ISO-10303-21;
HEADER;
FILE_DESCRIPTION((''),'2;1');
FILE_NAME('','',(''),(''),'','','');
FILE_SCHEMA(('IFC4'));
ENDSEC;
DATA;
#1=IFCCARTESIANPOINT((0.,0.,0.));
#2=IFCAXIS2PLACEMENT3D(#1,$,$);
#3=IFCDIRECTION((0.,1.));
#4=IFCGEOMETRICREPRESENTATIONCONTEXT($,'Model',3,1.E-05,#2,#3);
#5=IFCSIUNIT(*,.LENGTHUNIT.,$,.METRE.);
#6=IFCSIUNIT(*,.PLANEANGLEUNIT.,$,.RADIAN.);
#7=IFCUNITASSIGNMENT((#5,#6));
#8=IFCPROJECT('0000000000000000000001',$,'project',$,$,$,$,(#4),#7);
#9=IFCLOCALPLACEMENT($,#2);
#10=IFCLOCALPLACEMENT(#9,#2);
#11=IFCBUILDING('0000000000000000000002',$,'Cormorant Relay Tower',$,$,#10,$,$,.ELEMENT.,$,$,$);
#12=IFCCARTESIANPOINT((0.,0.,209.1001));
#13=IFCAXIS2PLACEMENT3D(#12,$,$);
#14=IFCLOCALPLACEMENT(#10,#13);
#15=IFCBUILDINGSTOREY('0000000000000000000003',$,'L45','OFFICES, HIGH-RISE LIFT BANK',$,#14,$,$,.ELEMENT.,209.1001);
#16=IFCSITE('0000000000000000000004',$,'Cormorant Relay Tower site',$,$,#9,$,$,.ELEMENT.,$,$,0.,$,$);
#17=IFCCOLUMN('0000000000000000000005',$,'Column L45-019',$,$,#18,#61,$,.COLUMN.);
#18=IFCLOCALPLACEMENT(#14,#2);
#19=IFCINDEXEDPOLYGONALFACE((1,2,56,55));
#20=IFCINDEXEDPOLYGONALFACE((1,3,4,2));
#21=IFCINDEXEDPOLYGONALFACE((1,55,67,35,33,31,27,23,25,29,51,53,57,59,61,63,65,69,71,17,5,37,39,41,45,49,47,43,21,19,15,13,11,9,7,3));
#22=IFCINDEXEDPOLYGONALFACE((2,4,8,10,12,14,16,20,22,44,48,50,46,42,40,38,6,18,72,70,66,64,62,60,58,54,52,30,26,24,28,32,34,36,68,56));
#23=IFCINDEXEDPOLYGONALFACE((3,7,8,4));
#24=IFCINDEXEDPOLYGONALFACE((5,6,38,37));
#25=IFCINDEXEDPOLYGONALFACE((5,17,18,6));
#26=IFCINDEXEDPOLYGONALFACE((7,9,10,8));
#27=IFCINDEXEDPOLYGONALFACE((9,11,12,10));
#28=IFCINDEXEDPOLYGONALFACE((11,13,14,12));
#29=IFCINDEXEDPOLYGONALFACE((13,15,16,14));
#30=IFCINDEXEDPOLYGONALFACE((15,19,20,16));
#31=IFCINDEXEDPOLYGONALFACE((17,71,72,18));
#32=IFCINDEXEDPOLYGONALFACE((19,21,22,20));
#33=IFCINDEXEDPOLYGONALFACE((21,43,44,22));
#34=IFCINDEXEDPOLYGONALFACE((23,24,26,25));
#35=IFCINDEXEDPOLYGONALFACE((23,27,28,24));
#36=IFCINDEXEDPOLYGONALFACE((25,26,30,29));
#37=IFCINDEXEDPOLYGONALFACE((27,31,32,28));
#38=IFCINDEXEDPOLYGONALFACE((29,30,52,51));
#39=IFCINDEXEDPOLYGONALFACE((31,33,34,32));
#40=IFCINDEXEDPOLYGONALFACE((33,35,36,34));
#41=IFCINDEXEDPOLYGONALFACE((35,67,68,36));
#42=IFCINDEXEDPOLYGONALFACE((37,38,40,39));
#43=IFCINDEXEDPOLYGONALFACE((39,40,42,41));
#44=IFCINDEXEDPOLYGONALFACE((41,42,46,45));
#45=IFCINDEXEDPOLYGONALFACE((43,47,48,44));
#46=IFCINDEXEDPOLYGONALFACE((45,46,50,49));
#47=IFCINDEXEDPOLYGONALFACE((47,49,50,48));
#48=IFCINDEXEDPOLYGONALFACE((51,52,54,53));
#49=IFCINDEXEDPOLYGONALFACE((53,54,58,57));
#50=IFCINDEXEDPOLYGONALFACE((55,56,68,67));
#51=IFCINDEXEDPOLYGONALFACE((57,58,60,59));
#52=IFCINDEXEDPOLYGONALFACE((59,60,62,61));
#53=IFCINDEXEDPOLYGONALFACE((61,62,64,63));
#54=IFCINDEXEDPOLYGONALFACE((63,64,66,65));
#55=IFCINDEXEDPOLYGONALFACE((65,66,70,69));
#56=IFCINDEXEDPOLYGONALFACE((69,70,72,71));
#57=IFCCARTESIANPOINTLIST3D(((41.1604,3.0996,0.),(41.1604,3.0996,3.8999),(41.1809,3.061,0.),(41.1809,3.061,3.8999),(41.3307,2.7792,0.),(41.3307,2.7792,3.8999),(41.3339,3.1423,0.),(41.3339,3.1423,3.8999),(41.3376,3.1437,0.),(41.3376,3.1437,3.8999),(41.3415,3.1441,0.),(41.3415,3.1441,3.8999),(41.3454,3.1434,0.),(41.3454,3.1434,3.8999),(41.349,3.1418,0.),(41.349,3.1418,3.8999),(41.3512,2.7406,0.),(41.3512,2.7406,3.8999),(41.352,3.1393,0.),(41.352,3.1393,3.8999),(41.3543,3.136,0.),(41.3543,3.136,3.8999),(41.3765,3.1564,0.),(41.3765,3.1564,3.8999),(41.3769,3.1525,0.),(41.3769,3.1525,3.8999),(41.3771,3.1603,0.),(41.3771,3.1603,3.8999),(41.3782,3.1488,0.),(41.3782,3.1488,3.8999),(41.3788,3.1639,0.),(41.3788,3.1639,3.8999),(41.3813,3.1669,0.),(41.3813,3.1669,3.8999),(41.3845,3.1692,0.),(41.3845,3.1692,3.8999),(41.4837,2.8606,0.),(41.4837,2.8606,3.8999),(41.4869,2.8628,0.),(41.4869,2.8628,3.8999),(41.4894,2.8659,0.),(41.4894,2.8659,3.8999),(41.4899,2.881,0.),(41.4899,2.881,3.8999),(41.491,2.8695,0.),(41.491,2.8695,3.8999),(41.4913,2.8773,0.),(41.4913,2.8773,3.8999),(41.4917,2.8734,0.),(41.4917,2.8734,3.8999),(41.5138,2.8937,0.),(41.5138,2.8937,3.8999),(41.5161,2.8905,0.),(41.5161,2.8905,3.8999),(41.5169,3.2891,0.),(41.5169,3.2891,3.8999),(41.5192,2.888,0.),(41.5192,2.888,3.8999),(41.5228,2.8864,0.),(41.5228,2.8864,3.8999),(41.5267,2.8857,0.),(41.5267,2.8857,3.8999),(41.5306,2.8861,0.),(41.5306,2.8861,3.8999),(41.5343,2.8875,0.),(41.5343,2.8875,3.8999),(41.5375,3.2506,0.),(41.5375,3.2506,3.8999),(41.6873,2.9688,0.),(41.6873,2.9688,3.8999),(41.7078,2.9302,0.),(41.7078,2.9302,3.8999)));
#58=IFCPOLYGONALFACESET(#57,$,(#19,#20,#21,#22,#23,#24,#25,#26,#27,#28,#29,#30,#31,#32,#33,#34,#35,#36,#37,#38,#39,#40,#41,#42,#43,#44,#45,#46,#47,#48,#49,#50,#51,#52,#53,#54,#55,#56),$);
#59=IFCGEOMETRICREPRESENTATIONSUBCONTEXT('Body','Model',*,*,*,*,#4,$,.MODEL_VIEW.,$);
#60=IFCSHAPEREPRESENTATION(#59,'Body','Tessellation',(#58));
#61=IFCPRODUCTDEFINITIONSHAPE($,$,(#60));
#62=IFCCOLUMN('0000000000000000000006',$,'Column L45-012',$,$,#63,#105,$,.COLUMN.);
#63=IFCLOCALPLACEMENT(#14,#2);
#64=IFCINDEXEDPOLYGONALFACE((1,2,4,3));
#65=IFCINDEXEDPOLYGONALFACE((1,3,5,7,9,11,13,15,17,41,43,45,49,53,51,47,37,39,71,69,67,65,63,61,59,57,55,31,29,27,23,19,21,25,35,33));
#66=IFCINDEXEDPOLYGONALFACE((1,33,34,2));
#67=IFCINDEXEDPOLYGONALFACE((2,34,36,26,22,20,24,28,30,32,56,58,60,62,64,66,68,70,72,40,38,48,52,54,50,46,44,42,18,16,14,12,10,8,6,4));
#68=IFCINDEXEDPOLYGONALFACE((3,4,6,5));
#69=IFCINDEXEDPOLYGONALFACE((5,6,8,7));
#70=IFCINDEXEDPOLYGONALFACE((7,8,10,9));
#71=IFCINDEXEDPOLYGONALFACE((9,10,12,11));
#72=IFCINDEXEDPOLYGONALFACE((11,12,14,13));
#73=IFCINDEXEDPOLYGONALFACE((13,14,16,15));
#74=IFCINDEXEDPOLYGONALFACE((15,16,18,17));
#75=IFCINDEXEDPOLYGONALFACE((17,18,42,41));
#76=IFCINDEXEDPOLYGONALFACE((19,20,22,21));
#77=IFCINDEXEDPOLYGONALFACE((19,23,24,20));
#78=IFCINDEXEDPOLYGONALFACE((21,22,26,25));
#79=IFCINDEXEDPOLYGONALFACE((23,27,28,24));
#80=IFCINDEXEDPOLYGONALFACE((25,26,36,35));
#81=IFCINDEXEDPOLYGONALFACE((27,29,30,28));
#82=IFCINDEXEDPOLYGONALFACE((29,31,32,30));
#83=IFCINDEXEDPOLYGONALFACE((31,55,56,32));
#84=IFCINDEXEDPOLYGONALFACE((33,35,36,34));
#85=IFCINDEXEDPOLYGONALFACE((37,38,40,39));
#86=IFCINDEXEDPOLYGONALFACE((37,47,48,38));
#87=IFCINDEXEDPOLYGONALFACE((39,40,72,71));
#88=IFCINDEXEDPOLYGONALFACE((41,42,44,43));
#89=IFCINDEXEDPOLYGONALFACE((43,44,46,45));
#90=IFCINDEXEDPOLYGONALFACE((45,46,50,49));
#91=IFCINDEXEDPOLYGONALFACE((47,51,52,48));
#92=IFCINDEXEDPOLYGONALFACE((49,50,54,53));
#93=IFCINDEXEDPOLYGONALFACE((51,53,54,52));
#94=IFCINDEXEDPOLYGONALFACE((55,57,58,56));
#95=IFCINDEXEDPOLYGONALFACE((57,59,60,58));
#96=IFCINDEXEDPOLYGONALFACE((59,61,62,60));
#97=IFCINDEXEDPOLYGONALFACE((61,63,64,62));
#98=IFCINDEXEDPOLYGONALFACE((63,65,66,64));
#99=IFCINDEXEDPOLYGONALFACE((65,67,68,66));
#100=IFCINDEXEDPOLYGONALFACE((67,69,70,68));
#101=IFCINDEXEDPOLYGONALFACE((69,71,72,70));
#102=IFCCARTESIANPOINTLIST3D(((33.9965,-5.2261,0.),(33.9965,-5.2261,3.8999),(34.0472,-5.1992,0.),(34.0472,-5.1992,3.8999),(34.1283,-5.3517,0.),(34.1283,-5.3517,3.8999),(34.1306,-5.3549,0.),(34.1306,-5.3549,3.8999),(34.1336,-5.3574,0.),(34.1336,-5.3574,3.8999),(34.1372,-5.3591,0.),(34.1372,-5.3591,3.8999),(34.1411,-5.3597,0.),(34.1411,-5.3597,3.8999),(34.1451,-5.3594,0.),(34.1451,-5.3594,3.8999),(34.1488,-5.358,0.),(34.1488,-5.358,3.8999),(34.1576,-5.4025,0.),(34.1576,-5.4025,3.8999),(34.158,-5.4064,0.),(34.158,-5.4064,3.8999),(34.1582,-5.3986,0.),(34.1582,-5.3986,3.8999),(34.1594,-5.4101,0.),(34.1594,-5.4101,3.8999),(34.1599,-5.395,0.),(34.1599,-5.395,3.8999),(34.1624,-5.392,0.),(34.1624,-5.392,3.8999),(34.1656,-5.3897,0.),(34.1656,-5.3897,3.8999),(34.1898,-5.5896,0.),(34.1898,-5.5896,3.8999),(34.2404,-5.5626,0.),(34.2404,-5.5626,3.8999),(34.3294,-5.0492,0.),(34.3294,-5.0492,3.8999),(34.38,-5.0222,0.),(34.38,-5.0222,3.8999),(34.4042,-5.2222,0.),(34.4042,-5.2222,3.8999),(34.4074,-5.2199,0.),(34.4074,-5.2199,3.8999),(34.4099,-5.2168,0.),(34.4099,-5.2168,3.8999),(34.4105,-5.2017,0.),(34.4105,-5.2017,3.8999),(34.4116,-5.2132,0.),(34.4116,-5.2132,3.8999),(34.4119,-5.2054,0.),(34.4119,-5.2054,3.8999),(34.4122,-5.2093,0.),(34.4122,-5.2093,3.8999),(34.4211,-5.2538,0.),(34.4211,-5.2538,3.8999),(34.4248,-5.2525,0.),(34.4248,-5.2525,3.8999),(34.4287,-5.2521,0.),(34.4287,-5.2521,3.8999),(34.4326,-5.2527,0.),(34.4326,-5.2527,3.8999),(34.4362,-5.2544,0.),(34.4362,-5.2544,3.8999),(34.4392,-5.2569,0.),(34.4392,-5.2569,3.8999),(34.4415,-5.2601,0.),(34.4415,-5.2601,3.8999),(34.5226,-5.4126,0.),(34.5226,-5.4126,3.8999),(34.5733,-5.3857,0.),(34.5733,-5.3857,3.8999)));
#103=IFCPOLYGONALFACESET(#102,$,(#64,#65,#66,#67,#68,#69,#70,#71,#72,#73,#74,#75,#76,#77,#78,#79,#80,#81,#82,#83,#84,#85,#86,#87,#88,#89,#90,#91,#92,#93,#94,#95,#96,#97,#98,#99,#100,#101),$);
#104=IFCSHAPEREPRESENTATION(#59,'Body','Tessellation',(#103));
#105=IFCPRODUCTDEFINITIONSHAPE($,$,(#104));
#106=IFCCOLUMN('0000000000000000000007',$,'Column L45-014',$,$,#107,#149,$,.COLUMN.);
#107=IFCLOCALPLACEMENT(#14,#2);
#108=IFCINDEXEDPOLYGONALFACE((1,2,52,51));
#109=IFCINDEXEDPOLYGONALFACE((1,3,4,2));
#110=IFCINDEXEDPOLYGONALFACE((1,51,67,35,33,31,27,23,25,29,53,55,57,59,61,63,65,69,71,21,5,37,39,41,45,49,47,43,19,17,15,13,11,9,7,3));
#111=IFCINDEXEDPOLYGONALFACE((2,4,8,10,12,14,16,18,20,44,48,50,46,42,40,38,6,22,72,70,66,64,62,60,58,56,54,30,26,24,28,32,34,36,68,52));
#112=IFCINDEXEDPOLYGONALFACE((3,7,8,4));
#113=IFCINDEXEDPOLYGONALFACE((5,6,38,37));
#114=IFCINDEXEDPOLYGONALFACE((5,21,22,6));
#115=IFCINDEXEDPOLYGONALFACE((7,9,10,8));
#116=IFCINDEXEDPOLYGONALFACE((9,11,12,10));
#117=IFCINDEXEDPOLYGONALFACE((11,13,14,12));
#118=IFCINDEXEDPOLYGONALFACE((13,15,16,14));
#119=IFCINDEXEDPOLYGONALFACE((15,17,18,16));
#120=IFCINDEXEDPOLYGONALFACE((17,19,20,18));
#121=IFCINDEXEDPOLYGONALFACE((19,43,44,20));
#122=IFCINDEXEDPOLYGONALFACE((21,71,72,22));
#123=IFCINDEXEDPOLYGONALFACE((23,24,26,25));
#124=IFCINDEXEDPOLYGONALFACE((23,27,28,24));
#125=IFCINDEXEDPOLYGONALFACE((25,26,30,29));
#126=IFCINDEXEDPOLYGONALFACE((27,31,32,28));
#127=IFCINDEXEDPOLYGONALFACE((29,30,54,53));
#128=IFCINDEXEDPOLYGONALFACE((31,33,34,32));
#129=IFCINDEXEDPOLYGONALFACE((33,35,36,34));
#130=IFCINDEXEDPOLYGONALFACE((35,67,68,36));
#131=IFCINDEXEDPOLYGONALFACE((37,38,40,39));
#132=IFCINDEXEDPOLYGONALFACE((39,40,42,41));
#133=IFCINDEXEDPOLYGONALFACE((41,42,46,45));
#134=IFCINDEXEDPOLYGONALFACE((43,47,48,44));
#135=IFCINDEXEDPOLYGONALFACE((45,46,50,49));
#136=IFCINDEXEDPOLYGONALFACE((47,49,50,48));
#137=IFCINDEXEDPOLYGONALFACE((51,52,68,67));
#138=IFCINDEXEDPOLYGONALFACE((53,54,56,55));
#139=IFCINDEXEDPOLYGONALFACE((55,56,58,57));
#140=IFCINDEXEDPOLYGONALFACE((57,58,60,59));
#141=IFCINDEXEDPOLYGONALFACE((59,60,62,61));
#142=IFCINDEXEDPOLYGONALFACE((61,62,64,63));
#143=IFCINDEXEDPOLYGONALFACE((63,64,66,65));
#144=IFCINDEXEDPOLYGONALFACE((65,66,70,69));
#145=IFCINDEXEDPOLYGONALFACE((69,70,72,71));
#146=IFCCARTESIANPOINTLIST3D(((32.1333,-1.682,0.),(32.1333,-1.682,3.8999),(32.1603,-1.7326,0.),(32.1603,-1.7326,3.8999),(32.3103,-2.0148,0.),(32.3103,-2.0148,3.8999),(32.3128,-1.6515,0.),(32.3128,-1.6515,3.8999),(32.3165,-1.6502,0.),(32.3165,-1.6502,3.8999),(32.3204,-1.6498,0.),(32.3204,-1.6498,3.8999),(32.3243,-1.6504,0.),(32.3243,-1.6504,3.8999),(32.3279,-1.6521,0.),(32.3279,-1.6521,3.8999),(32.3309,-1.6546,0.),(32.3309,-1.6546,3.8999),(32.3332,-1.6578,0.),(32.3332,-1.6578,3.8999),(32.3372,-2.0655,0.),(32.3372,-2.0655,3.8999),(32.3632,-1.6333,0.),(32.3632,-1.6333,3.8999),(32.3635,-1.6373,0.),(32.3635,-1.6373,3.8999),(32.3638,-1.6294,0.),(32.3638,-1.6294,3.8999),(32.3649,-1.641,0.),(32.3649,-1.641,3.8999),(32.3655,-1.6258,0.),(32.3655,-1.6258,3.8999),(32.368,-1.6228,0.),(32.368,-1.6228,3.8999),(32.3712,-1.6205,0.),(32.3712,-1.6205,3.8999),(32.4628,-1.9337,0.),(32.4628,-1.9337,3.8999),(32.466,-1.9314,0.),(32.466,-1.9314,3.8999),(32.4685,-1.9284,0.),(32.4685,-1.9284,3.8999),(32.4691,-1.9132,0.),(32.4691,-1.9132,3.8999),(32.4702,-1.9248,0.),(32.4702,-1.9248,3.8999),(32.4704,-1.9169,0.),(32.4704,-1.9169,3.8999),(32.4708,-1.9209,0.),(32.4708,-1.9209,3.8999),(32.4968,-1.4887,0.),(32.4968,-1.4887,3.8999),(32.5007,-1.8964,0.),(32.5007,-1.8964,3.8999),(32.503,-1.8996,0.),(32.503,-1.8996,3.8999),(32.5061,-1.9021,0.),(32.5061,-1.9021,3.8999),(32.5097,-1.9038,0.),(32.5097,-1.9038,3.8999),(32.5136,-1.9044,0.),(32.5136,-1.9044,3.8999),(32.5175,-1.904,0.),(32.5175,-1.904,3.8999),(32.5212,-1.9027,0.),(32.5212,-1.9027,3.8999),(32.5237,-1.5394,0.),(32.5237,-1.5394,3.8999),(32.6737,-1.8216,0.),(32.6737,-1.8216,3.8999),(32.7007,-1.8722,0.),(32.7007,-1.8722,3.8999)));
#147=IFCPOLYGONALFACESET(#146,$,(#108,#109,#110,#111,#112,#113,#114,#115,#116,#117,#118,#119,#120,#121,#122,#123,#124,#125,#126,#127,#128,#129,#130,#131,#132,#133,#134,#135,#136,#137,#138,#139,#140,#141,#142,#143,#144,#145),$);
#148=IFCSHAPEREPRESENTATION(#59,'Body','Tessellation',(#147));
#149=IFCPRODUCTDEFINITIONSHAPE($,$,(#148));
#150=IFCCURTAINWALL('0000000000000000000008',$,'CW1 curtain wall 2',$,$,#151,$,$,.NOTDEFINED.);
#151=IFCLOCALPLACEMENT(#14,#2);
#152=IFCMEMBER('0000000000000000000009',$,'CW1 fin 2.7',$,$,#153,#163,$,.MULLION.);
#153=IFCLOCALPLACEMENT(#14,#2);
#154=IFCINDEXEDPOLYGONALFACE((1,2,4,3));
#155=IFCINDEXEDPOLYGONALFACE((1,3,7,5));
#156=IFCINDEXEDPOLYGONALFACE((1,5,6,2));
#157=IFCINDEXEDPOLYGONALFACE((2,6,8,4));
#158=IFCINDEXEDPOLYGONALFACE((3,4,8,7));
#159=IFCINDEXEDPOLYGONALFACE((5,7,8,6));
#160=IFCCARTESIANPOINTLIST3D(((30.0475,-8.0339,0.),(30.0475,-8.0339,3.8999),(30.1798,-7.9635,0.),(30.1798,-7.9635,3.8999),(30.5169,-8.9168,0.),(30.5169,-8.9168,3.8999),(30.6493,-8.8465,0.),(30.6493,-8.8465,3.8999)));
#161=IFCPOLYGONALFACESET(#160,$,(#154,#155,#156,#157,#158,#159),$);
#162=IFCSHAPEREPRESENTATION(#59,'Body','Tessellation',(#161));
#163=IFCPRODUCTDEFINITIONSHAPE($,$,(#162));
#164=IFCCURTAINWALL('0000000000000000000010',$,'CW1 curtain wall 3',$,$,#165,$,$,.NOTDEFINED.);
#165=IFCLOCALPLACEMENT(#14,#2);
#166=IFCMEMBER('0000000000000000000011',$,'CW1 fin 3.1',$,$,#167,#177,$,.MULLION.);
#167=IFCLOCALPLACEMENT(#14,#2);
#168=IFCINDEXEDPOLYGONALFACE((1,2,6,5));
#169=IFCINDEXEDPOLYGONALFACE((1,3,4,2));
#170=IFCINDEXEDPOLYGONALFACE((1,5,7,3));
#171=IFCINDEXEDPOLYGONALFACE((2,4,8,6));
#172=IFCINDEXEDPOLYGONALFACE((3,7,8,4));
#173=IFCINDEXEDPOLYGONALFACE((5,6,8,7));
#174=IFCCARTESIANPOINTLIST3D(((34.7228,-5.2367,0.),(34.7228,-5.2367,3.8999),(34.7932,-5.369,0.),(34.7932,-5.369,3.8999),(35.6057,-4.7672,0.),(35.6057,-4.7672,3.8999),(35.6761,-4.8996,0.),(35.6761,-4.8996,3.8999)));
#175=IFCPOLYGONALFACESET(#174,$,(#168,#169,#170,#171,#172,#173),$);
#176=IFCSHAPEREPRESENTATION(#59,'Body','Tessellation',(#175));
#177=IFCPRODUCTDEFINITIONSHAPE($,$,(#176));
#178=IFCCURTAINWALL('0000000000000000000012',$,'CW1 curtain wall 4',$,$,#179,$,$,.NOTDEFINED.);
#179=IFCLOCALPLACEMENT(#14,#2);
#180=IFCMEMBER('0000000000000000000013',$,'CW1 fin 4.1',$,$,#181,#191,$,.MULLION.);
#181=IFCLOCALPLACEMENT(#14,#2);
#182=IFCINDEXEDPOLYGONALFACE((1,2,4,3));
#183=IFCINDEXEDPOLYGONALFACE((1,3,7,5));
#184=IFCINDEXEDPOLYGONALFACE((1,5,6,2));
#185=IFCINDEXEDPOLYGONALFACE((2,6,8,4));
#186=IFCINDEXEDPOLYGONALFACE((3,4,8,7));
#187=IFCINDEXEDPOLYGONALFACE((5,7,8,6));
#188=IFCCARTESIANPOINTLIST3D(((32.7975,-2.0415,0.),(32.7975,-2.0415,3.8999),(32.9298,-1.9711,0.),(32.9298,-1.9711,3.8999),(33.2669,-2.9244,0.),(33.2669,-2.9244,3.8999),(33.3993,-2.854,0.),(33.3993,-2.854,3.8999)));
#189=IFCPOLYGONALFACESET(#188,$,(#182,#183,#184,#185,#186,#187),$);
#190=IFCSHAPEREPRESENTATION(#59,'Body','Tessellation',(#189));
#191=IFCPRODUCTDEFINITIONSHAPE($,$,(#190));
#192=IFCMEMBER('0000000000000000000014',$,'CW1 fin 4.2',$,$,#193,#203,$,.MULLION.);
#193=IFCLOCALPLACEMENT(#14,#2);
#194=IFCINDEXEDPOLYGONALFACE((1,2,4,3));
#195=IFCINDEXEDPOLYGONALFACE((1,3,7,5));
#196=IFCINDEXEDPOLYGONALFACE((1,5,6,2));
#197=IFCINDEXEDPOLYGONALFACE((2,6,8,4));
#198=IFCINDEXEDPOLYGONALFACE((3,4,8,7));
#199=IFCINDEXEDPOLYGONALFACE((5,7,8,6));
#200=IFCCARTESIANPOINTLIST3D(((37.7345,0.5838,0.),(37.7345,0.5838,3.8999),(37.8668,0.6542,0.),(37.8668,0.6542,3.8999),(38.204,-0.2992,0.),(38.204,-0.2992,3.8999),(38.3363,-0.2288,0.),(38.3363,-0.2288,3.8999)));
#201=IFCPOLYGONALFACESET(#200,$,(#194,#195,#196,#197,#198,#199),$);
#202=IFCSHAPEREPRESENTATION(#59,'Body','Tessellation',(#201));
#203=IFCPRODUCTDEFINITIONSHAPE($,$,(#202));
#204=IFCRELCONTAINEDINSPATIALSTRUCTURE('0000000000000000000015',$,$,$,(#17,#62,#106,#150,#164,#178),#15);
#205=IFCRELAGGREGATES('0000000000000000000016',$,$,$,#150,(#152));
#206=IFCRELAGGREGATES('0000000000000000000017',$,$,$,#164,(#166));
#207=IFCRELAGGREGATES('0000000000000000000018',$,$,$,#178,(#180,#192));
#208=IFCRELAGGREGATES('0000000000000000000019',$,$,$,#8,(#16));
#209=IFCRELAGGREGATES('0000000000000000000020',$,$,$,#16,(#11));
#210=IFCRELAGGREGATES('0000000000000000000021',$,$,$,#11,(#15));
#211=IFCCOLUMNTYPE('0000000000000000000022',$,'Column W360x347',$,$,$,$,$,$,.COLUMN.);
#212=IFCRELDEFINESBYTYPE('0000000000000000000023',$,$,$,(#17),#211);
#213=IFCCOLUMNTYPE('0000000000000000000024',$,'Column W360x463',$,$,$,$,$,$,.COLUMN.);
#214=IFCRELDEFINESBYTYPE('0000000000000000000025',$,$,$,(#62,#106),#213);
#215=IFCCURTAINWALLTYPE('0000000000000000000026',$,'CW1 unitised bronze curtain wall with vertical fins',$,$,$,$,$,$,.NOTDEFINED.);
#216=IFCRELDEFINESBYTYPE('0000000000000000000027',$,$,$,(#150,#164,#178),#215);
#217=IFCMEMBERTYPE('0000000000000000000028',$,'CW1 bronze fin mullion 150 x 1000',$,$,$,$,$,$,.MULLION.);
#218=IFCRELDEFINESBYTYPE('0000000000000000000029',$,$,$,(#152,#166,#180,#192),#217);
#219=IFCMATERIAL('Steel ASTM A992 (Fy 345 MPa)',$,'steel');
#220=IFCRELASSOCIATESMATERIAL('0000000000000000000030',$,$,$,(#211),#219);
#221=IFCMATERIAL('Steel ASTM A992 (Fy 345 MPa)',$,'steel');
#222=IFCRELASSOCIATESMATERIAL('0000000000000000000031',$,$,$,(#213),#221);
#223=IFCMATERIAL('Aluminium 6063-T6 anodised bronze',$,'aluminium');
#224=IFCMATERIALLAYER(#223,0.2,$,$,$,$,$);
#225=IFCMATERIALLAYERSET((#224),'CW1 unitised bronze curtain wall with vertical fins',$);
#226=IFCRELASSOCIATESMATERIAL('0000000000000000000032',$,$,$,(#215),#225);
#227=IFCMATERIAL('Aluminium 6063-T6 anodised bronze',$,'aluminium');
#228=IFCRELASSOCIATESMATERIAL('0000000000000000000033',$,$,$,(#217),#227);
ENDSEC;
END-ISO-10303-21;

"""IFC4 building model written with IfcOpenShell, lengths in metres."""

from ifc_helpers import new_model, si_unit, direction, frame, origin, origin_2d, place, context, subcontext, project, spatial, rectangle, i_section, extrude, material, layer, layer_set, material_profile, profile_set, type_object, element, aggregate, save


model = new_model("IFC4")

# Units and contexts
model_context = context("Model", 3, precision=1e-05, world=origin(), true_north=direction((0.0, 1.0)))
body_context = subcontext(model_context, "Body", "Model", "MODEL_VIEW")
ifc_project = project(units=[si_unit("LENGTHUNIT", "METRE"), si_unit("PLANEANGLEUNIT", "RADIAN")], contexts=[model_context])

# Site, building, storey
site_placement = place(None, origin())
site = spatial("IfcSite", under=ifc_project, at=site_placement, Name="Cormorant Relay Tower site", CompositionType="ELEMENT", RefElevation=0.0)
building_placement = place(site_placement, origin())
building = spatial("IfcBuilding", under=site, at=building_placement, Name="Cormorant Relay Tower", CompositionType="ELEMENT")
storey_placement = place(building_placement, frame((0.0, 0.0, 209.1001)))
storey = spatial("IfcBuildingStorey", under=building, at=storey_placement, Name="L45", Description="OFFICES, HIGH-RISE LIFT BANK", CompositionType="ELEMENT", Elevation=209.1001)

# Columns
ifc_material_1 = material(Name="Steel ASTM A992 (Fy 345 MPa)", Category="steel")
ifc_material_profile_1 = material_profile(ifc_material_1, i_section(OverallWidth=0.4038, OverallDepth=0.4065, WebThickness=0.0271, FlangeThickness=0.0437, FilletRadius=0.0151, at=origin_2d()), Name="W360x347")
ifc_profile_set_1 = profile_set([ifc_material_profile_1], Name="Steel ASTM A992 (Fy 345 MPa)")
column_type_1 = type_object("IfcColumnType", Name="Column W360x347", PredefinedType="COLUMN", material=ifc_profile_set_1)
column_placement = place(storey_placement, frame((41.4341, 3.0149, 0.0), z_axis=(0.0, 0.0, 1.0), x_axis=(0.882948, 0.469472, 0.0)))
element("IfcColumn", 1, at=column_placement, inside=storey, type_object=column_type_1, Name="Column L45-019", PredefinedType="COLUMN", context=body_context, shape_type="SweptSolid", body=[
    extrude(i_section(OverallWidth=0.4038, OverallDepth=0.4065, WebThickness=0.0271, FlangeThickness=0.0437, FilletRadius=0.0151, at=origin_2d()), origin(), (0.0, 0.0, 1.0), 3.8999),
])
ifc_material_2 = material(Name="Steel ASTM A992 (Fy 345 MPa)", Category="steel")
ifc_material_profile_2 = material_profile(ifc_material_2, i_section(OverallWidth=0.4116, OverallDepth=0.4343, WebThickness=0.0359, FlangeThickness=0.0574, FilletRadius=0.0151, at=origin_2d()), Name="W360x463")
ifc_profile_set_2 = profile_set([ifc_material_profile_2], Name="Steel ASTM A992 (Fy 345 MPa)")
column_type_2 = type_object("IfcColumnType", Name="Column W360x463", PredefinedType="COLUMN", material=ifc_profile_set_2)
for number, where, z_axis, x_axis, name in (
    (2, (34.2849, -5.3059, 0.0), (0.0, 0.0, 1.0), (-0.469472, 0.882948, 0.0), "Column L45-012"),
    (3, (32.417, -1.7771, 0.0), (0.0, 0.0, 1.0), (0.882948, 0.469472, 0.0), "Column L45-014"),
):
    element("IfcColumn", number, at=place(storey_placement, frame(where, z_axis=z_axis, x_axis=x_axis)), inside=storey, type_object=column_type_2, Name=name, PredefinedType="COLUMN", context=body_context, shape_type="SweptSolid", body=[
        extrude(i_section(OverallWidth=0.4116, OverallDepth=0.4343, WebThickness=0.0359, FlangeThickness=0.0574, FilletRadius=0.0151, at=origin_2d()), origin(), (0.0, 0.0, 1.0), 3.8999),
    ])

# Curtain walls, members
ifc_material_3 = material(Name="Aluminium 6063-T6 anodised bronze", Category="aluminium")
ifc_layer_1 = layer(ifc_material_3, 0.2)
ifc_layer_set_1 = layer_set([ifc_layer_1], Name="CW1 unitised bronze curtain wall with vertical fins")
curtain_wall_type = type_object("IfcCurtainWallType", Name="CW1 unitised bronze curtain wall with vertical fins", PredefinedType="NOTDEFINED", material=ifc_layer_set_1)
curtain_wall_1_placement = place(storey_placement, origin())
curtain_wall_1 = element("IfcCurtainWall", 4, at=curtain_wall_1_placement, inside=storey, type_object=curtain_wall_type, Name="CW1 curtain wall 2", PredefinedType="NOTDEFINED")
ifc_material_4 = material(Name="Aluminium 6063-T6 anodised bronze", Category="aluminium")
ifc_material_profile_3 = material_profile(ifc_material_4, rectangle(XDim=0.1499, YDim=1.0, at=origin_2d()), Name="AL 150x1000")
ifc_profile_set_3 = profile_set([ifc_material_profile_3], Name="Aluminium 6063-T6 anodised bronze")
member_type_1 = type_object("IfcMemberType", Name="CW1 bronze fin mullion 150 x 1000", PredefinedType="MULLION", material=ifc_profile_set_3)
member_1_placement = place(storey_placement, frame((30.3484, -8.4402, 0.0), z_axis=(0.0, 0.0, 1.0), x_axis=(0.882948, 0.469472, 0.0)))
member_1 = element("IfcMember", 5, at=member_1_placement, type_object=member_type_1, Name="CW1 fin 2.7", PredefinedType="MULLION", context=body_context, shape_type="SweptSolid", body=[
    extrude(rectangle(XDim=0.1499, YDim=1.0, at=origin_2d()), origin(), (0.0, 0.0, 1.0), 3.8999),
])
curtain_wall_2_placement = place(storey_placement, origin())
curtain_wall_2 = element("IfcCurtainWall", 6, at=curtain_wall_2_placement, inside=storey, type_object=curtain_wall_type, Name="CW1 curtain wall 3", PredefinedType="NOTDEFINED")
member_2_placement = place(storey_placement, frame((35.1995, -5.0681, 0.0), z_axis=(0.0, 0.0, 1.0), x_axis=(-0.469472, 0.882948, 0.0)))
member_2 = element("IfcMember", 7, at=member_2_placement, type_object=member_type_1, Name="CW1 fin 3.1", PredefinedType="MULLION", context=body_context, shape_type="SweptSolid", body=[
    extrude(rectangle(XDim=0.1499, YDim=1.0, at=origin_2d()), origin(), (0.0, 0.0, 1.0), 3.8999),
])

# Curtain wall, members
curtain_wall_3_placement = place(storey_placement, origin())
curtain_wall_3 = element("IfcCurtainWall", 8, at=curtain_wall_3_placement, inside=storey, type_object=curtain_wall_type, Name="CW1 curtain wall 4", PredefinedType="NOTDEFINED")
member_3_placement = place(storey_placement, frame((33.0984, -2.4478, 0.0), z_axis=(0.0, 0.0, 1.0), x_axis=(0.882948, 0.469472, 0.0)))
member_3 = element("IfcMember", 9, at=member_3_placement, type_object=member_type_1, Name="CW1 fin 4.1", PredefinedType="MULLION", context=body_context, shape_type="SweptSolid", body=[
    extrude(rectangle(XDim=0.1499, YDim=1.0, at=origin_2d()), origin(), (0.0, 0.0, 1.0), 3.8999),
])
member_4_placement = place(storey_placement, frame((38.0354, 0.1775, 0.0), z_axis=(0.0, 0.0, 1.0), x_axis=(0.882948, 0.469472, 0.0)))
member_4 = element("IfcMember", 10, at=member_4_placement, type_object=member_type_1, Name="CW1 fin 4.2", PredefinedType="MULLION", context=body_context, shape_type="SweptSolid", body=[
    extrude(rectangle(XDim=0.1499, YDim=1.0, at=origin_2d()), origin(), (0.0, 0.0, 1.0), 3.8999),
])

aggregate(curtain_wall_1, [member_1])
aggregate(curtain_wall_2, [member_2])
aggregate(curtain_wall_3, [member_3, member_4])

save(model, "model.ifc")
